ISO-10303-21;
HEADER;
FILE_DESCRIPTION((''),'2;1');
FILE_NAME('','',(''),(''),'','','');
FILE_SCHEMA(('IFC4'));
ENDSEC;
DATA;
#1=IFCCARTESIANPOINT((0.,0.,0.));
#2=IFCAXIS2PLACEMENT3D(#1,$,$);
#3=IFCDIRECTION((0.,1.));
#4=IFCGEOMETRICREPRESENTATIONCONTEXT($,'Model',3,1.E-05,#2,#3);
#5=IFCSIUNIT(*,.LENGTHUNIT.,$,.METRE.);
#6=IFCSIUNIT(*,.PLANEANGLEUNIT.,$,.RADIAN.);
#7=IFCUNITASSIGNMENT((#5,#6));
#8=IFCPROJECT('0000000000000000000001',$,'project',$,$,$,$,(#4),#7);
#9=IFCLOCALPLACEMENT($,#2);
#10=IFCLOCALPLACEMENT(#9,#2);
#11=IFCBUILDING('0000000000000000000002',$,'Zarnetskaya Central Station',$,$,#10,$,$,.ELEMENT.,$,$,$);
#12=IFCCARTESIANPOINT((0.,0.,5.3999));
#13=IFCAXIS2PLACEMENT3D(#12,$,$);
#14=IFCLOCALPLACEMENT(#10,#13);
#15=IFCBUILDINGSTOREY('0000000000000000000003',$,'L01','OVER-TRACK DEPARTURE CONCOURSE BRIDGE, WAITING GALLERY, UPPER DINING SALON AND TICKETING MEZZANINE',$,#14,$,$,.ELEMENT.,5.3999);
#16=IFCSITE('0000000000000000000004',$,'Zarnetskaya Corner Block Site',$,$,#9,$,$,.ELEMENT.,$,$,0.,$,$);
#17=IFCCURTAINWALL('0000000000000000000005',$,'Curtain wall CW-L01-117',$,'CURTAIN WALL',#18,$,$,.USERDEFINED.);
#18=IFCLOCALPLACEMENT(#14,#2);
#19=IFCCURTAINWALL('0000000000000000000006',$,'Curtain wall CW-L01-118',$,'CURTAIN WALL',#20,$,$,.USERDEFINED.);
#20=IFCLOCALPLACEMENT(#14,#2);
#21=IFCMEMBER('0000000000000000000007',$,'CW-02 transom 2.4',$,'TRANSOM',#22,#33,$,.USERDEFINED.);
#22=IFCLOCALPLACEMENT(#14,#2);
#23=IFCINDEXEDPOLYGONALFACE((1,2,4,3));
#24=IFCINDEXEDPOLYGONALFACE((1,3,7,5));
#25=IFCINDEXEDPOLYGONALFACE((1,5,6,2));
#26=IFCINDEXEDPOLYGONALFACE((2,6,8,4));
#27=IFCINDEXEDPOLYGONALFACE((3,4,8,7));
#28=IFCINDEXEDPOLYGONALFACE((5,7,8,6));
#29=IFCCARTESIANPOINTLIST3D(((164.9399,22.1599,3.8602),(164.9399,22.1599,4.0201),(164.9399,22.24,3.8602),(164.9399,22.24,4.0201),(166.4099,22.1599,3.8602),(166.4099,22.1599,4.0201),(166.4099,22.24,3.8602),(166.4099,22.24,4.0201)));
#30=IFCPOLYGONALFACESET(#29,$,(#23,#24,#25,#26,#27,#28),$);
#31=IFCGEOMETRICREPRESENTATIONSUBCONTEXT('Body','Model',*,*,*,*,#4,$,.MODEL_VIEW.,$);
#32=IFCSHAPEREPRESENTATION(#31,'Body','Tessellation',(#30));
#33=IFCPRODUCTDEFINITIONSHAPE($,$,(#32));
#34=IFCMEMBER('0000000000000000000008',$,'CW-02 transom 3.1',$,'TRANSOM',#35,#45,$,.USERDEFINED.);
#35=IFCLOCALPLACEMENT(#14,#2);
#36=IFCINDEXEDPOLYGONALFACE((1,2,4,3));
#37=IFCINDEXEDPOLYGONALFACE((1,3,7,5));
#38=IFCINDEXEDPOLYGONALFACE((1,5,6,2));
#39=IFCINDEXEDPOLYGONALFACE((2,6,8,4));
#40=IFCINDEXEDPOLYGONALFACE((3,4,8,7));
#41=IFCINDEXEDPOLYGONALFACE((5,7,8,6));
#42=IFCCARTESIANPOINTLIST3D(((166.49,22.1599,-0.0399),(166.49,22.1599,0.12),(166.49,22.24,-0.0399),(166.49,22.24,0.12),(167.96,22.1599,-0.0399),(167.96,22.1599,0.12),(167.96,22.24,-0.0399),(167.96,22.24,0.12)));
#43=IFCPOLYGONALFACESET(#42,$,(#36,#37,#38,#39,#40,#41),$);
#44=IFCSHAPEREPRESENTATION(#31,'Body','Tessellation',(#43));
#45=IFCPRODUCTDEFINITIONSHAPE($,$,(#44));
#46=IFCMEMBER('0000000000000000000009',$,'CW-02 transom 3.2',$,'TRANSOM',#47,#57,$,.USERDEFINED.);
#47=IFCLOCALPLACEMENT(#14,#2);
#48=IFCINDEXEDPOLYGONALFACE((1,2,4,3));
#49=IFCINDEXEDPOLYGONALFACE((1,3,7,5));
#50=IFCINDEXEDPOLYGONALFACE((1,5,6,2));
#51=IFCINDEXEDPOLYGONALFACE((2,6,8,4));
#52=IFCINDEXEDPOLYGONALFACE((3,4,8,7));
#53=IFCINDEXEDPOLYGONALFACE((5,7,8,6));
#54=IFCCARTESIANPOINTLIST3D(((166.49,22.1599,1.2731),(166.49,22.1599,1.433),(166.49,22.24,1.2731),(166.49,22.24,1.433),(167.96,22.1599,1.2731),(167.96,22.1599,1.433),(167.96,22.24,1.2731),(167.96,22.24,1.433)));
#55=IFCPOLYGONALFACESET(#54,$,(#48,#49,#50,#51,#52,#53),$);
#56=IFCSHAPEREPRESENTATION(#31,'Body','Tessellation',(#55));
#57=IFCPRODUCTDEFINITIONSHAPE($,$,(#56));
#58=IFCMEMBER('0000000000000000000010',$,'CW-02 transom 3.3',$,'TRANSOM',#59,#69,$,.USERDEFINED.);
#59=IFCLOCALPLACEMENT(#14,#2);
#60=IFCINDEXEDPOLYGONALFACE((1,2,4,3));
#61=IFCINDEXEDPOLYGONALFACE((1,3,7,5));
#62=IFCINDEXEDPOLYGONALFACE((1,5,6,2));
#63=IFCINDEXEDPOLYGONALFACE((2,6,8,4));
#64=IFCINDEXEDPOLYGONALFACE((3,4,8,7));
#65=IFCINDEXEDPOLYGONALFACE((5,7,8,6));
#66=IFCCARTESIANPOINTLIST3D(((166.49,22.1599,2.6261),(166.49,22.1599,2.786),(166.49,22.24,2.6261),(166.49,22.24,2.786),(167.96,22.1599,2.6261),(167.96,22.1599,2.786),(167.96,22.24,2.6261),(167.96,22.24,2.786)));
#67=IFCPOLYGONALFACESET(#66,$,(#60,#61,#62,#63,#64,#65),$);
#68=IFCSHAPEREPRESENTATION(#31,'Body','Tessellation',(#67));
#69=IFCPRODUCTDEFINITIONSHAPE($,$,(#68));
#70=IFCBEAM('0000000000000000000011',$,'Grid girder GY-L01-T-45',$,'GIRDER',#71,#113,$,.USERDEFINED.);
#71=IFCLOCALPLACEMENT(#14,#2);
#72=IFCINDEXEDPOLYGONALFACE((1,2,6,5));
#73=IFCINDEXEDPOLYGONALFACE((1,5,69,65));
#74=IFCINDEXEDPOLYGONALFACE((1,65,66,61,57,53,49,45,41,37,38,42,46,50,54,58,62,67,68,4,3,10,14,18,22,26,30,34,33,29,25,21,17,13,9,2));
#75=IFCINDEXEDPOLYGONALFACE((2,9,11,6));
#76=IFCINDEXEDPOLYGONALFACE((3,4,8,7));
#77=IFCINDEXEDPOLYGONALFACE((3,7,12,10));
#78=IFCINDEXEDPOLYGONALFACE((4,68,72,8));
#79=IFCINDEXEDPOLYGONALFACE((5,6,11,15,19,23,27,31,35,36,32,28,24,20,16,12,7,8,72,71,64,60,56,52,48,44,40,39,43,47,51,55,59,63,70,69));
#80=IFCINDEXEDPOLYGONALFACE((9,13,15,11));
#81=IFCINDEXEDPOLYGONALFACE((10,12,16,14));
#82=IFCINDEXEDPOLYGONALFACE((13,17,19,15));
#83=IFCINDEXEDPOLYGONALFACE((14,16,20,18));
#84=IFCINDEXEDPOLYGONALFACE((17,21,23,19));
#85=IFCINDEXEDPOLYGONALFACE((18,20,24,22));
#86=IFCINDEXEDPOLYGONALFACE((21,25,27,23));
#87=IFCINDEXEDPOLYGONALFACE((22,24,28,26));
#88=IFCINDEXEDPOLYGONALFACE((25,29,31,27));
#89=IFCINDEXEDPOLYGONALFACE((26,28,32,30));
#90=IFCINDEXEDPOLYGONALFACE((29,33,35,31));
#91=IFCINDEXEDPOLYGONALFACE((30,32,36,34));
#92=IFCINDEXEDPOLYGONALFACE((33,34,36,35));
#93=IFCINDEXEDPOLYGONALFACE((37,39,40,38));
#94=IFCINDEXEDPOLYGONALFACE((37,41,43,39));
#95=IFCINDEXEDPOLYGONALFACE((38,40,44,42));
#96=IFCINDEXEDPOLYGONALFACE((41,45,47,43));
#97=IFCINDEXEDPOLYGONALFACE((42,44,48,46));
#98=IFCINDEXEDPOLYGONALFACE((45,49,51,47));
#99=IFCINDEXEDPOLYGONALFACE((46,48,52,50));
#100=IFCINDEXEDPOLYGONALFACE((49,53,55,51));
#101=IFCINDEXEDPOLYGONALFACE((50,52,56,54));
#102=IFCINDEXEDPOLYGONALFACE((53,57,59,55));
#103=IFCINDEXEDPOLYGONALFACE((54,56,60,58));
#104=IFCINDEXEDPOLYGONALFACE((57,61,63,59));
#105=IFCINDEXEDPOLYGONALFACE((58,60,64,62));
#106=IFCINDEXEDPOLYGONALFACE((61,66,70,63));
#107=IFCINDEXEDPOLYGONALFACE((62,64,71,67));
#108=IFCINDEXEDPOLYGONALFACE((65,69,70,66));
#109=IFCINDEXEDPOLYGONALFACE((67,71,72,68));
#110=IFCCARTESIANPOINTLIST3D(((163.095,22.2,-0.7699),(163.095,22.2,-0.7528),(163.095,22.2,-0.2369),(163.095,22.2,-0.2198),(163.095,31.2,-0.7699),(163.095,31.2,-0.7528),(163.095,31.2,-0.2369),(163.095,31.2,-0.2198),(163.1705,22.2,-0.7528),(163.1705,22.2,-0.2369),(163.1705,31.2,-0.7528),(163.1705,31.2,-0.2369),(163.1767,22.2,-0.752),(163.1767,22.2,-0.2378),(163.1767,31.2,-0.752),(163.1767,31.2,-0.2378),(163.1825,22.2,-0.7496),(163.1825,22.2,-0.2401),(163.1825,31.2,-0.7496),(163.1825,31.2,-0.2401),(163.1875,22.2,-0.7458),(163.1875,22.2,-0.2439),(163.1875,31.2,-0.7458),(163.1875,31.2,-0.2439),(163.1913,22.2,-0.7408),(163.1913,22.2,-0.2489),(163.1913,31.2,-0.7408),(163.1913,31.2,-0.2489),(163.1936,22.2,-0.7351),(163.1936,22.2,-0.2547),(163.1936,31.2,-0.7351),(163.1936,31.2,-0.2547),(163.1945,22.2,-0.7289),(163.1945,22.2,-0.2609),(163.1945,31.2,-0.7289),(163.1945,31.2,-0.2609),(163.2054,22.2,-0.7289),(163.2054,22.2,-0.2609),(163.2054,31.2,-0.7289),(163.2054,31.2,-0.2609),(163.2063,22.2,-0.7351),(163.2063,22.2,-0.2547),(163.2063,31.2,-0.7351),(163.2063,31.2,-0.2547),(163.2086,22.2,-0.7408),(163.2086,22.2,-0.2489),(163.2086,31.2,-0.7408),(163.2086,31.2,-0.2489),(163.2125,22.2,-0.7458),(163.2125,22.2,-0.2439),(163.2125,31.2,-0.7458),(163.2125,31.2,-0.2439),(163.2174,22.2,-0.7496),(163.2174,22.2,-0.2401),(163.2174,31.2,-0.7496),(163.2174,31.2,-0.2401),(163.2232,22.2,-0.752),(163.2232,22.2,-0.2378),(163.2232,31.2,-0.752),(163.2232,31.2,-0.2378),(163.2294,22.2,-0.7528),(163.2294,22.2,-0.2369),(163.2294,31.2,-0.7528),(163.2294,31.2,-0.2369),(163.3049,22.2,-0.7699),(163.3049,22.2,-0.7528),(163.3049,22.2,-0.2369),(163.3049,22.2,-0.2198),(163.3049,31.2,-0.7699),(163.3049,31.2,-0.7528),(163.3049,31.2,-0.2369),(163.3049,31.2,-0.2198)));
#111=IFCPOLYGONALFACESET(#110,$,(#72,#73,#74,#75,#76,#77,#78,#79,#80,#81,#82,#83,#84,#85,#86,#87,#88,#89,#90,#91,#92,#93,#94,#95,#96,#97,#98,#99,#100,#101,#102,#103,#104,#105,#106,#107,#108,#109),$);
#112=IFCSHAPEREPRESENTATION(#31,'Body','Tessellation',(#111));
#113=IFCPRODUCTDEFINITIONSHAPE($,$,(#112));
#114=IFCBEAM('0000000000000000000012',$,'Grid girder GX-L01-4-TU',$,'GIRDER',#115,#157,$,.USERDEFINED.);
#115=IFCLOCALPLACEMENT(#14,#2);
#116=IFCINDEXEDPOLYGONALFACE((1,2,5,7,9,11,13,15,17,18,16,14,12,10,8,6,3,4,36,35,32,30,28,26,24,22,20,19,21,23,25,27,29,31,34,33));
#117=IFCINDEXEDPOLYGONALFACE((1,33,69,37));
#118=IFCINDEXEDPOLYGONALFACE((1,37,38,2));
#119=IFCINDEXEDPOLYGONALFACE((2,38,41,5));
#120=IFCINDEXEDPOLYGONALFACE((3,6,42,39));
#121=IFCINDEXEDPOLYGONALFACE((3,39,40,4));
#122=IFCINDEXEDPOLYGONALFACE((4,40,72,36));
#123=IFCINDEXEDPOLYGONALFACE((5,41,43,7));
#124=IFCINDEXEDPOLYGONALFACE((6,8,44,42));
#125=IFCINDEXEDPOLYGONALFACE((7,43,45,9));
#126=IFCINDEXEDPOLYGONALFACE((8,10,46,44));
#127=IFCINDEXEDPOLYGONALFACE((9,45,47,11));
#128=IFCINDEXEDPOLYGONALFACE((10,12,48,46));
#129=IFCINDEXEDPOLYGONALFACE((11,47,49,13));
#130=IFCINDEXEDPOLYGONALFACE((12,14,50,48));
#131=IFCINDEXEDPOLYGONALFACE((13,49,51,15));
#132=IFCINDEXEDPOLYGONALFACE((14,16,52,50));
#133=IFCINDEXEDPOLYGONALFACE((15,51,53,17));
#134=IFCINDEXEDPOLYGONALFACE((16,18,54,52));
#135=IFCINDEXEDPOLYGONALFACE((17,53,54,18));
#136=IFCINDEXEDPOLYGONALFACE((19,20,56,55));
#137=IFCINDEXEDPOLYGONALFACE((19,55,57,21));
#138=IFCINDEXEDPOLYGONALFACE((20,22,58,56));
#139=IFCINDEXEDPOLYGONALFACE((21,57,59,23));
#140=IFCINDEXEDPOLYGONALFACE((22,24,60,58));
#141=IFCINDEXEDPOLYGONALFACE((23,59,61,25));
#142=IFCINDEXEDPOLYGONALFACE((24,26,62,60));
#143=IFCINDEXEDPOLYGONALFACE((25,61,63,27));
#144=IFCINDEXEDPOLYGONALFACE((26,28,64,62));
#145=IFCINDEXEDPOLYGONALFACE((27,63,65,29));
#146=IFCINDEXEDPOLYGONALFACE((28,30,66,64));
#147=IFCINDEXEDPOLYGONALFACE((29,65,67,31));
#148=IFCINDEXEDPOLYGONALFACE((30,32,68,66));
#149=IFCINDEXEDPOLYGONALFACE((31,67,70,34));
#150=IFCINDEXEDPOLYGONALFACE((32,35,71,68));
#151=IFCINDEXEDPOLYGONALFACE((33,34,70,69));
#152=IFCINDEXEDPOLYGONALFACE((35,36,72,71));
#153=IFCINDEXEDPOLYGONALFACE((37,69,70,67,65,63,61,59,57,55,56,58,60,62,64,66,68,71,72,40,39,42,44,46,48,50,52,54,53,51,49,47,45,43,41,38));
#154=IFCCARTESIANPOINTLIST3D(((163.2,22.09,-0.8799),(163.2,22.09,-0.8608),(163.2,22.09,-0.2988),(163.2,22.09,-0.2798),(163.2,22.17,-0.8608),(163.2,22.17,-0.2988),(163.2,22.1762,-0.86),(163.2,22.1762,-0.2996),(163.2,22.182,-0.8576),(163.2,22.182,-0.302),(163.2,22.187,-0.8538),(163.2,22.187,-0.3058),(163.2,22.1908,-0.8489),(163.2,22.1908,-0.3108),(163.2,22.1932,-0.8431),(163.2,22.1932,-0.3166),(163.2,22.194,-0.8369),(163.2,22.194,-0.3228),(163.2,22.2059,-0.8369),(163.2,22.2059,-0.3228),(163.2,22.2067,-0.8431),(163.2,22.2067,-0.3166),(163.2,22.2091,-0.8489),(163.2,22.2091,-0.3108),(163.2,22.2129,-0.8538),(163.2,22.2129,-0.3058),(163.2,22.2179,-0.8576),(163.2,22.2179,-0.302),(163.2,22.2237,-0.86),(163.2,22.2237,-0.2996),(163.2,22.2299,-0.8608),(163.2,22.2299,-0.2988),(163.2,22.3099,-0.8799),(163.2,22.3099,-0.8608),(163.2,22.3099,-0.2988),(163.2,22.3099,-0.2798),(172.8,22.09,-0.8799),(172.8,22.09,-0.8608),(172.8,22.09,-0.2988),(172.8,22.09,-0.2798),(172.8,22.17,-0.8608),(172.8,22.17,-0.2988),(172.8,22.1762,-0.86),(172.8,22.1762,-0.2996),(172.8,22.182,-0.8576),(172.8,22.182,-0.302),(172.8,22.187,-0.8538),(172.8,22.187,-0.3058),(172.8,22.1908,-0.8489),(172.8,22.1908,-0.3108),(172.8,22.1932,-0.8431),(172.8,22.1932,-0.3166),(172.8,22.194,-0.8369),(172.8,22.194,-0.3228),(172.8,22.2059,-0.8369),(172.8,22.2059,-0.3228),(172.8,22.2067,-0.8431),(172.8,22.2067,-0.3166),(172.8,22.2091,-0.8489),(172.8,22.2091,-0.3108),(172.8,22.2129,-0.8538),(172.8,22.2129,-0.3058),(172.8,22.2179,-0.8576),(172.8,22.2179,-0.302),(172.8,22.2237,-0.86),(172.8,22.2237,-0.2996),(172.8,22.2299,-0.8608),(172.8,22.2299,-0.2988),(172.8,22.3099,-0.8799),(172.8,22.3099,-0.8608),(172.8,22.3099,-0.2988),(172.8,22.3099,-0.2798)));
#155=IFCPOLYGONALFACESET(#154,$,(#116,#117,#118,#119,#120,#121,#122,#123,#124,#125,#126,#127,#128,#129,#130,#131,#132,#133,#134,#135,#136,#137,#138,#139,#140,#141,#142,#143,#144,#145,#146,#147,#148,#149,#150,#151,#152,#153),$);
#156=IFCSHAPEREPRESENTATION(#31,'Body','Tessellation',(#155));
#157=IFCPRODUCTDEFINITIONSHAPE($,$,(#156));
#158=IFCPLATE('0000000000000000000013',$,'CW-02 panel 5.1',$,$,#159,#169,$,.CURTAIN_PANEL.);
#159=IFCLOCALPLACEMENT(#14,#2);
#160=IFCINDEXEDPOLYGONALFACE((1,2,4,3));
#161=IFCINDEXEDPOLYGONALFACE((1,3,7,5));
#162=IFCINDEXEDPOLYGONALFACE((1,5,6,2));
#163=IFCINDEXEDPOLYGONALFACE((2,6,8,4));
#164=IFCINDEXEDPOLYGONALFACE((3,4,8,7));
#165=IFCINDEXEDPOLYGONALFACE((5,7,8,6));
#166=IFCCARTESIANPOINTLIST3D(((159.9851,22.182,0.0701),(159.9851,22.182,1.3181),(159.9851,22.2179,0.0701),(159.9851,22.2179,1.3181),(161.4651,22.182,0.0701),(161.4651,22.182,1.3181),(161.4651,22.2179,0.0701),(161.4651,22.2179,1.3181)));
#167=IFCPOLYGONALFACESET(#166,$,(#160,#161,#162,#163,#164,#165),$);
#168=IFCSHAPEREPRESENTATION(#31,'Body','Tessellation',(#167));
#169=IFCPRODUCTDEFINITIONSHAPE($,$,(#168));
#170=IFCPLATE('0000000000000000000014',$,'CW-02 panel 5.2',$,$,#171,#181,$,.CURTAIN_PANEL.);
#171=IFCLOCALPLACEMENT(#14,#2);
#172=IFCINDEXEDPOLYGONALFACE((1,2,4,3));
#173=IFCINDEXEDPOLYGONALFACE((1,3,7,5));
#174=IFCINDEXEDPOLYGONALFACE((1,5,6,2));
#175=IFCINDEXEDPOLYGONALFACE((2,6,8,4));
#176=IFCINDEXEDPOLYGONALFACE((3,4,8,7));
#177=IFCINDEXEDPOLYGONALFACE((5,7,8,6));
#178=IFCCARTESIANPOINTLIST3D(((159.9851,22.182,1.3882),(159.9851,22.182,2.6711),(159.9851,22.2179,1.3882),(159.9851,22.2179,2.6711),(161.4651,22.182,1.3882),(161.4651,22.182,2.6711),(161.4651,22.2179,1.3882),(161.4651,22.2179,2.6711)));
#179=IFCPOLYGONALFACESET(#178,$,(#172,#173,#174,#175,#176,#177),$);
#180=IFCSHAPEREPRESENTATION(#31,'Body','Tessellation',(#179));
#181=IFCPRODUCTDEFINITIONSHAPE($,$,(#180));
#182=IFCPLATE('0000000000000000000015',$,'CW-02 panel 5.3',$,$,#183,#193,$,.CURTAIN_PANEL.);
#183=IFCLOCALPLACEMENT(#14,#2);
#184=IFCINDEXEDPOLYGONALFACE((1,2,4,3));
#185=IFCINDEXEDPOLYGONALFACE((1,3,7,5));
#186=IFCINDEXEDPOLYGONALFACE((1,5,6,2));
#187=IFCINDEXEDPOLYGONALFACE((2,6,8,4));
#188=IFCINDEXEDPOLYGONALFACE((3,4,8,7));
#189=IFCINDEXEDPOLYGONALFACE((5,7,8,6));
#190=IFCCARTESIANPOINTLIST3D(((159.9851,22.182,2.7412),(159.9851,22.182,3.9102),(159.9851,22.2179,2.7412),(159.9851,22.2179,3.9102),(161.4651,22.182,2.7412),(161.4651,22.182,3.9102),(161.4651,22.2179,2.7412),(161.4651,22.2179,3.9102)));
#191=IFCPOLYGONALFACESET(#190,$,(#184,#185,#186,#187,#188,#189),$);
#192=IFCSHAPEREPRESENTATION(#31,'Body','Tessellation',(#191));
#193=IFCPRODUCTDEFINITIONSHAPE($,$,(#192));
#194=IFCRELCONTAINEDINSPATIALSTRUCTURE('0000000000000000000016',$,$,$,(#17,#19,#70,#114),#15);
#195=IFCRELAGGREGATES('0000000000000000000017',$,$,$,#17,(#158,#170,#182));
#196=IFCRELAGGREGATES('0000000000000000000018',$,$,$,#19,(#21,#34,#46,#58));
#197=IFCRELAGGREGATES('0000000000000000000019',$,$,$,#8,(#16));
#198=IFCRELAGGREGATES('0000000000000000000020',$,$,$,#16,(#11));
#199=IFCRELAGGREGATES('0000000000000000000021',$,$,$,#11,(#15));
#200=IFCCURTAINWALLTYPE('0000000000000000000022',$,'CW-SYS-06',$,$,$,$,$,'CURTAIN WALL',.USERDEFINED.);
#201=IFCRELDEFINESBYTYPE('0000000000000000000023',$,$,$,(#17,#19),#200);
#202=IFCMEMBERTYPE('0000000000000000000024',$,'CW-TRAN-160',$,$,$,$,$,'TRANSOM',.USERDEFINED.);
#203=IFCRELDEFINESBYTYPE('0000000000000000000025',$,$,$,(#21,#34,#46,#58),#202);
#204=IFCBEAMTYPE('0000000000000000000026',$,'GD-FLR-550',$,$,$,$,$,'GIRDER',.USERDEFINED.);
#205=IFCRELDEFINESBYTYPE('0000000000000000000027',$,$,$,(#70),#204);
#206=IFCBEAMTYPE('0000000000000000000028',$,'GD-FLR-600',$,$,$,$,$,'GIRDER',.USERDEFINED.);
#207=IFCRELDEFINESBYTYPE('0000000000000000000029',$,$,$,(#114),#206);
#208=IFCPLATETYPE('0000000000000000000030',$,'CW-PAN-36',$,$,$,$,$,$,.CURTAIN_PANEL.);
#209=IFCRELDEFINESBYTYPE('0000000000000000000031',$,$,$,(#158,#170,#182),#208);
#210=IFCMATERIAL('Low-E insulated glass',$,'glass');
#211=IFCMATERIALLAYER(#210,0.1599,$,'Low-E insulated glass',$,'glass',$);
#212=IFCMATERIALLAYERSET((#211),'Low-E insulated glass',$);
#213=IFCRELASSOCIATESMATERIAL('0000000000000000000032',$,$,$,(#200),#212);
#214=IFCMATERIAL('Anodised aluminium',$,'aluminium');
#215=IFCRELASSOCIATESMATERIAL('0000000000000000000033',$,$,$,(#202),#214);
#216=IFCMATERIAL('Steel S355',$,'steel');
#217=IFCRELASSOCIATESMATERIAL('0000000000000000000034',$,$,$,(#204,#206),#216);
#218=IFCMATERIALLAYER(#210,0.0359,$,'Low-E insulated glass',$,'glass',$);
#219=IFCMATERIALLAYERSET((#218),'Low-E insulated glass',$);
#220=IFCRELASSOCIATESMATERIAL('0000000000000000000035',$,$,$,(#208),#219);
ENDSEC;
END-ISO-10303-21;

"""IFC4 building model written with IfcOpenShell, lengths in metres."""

from ifc_helpers import new_model, si_unit, direction, frame, origin, origin_2d, place, context, subcontext, project, spatial, rectangle, i_section, extrude, material, layer, layer_set, material_profile, profile_set, type_object, element, aggregate, save


model = new_model("IFC4")

# Units and contexts
model_context = context("Model", 3, precision=1e-05, world=origin(), true_north=direction((0.0, 1.0)))
body_context = subcontext(model_context, "Body", "Model", "MODEL_VIEW")
ifc_project = project(units=[si_unit("LENGTHUNIT", "METRE"), si_unit("PLANEANGLEUNIT", "RADIAN")], contexts=[model_context])

# Site, building, storey
site_placement = place(None, origin())
site = spatial("IfcSite", under=ifc_project, at=site_placement, Name="Zarnetskaya Corner Block Site", CompositionType="ELEMENT", RefElevation=0.0)
building_placement = place(site_placement, origin())
building = spatial("IfcBuilding", under=site, at=building_placement, Name="Zarnetskaya Central Station", CompositionType="ELEMENT")
storey_placement = place(building_placement, frame((0.0, 0.0, 5.3999)))
storey = spatial("IfcBuildingStorey", under=building, at=storey_placement, Name="L01", Description="OVER-TRACK DEPARTURE CONCOURSE BRIDGE, WAITING GALLERY, UPPER DINING SALON AND TICKETING MEZZANINE", CompositionType="ELEMENT", Elevation=5.3999)

# Shared definitions
ifc_material_1 = material(Name="Steel S355", Category="steel")

# Curtain walls
ifc_material_2 = material(Name="Low-E insulated glass", Category="glass")
ifc_layer_1 = layer(ifc_material_2, 0.1599, Name="Low-E insulated glass", Category="glass")
ifc_layer_set_1 = layer_set([ifc_layer_1], Name="Low-E insulated glass")
curtain_wall_type = type_object("IfcCurtainWallType", Name="CW-SYS-06", ElementType="CURTAIN WALL", PredefinedType="USERDEFINED", material=ifc_layer_set_1)
curtain_wall_1_placement = place(storey_placement, origin())
curtain_wall_1 = element("IfcCurtainWall", 1, at=curtain_wall_1_placement, inside=storey, type_object=curtain_wall_type, Name="Curtain wall CW-L01-117", ObjectType="CURTAIN WALL", PredefinedType="USERDEFINED")
ifc_material_3 = material(Name="Anodised aluminium", Category="aluminium")
curtain_wall_2_placement = place(storey_placement, origin())
curtain_wall_2 = element("IfcCurtainWall", 2, at=curtain_wall_2_placement, inside=storey, type_object=curtain_wall_type, Name="Curtain wall CW-L01-118", ObjectType="CURTAIN WALL", PredefinedType="USERDEFINED")

# Members
ifc_material_profile_1 = material_profile(ifc_material_3, rectangle(XDim=0.0801, YDim=0.1599, at=origin_2d()), Name="ALU TRAN 80x160")
ifc_profile_set_1 = profile_set([ifc_material_profile_1], Name="Anodised aluminium")
member_type_1 = type_object("IfcMemberType", Name="CW-TRAN-160", ElementType="TRANSOM", PredefinedType="USERDEFINED", material=ifc_profile_set_1)
member_1_placement = place(storey_placement, frame((164.9399, 22.2, 3.9402), z_axis=(1.0, 0.0, 0.0), x_axis=(0.0, 1.0, 0.0)))
member_1 = element("IfcMember", 3, at=member_1_placement, type_object=member_type_1, Name="CW-02 transom 2.4", ObjectType="TRANSOM", PredefinedType="USERDEFINED", context=body_context, shape_type="SweptSolid", body=[
    extrude(rectangle(XDim=0.0801, YDim=0.1599, at=origin_2d()), origin(), (0.0, 0.0, 1.0), 1.47),
])
member_2_placement = place(storey_placement, frame((166.49, 22.2, 0.04), z_axis=(1.0, 0.0, 0.0), x_axis=(0.0, 1.0, 0.0)))
member_2 = element("IfcMember", 4, at=member_2_placement, type_object=member_type_1, Name="CW-02 transom 3.1", ObjectType="TRANSOM", PredefinedType="USERDEFINED", context=body_context, shape_type="SweptSolid", body=[
    extrude(rectangle(XDim=0.0801, YDim=0.1599, at=origin_2d()), origin(), (0.0, 0.0, 1.0), 1.47),
])
member_3_placement = place(storey_placement, frame((166.49, 22.2, 1.353), z_axis=(1.0, 0.0, 0.0), x_axis=(0.0, 1.0, 0.0)))
member_3 = element("IfcMember", 5, at=member_3_placement, type_object=member_type_1, Name="CW-02 transom 3.2", ObjectType="TRANSOM", PredefinedType="USERDEFINED", context=body_context, shape_type="SweptSolid", body=[
    extrude(rectangle(XDim=0.0801, YDim=0.1599, at=origin_2d()), origin(), (0.0, 0.0, 1.0), 1.47),
])
member_4_placement = place(storey_placement, frame((166.49, 22.2, 2.7061), z_axis=(1.0, 0.0, 0.0), x_axis=(0.0, 1.0, 0.0)))
member_4 = element("IfcMember", 6, at=member_4_placement, type_object=member_type_1, Name="CW-02 transom 3.3", ObjectType="TRANSOM", PredefinedType="USERDEFINED", context=body_context, shape_type="SweptSolid", body=[
    extrude(rectangle(XDim=0.0801, YDim=0.1599, at=origin_2d()), origin(), (0.0, 0.0, 1.0), 1.47),
])

# Beams
ifc_material_profile_2 = material_profile(ifc_material_1, i_section(OverallWidth=0.21, OverallDepth=0.55, WebThickness=0.011, FlangeThickness=0.0171, FilletRadius=0.0239, at=origin_2d()), Name="IPE 550")
ifc_profile_set_2 = profile_set([ifc_material_profile_2], Name="Steel S355")
beam_type_1 = type_object("IfcBeamType", Name="GD-FLR-550", ElementType="GIRDER", PredefinedType="USERDEFINED", material=ifc_profile_set_2)
beam_1_placement = place(storey_placement, frame((163.2, 22.2, -0.4949), z_axis=(0.0, 1.0, 0.0), x_axis=(-1.0, 0.0, 0.0)))
element("IfcBeam", 7, at=beam_1_placement, inside=storey, type_object=beam_type_1, Name="Grid girder GY-L01-T-45", ObjectType="GIRDER", PredefinedType="USERDEFINED", context=body_context, shape_type="SweptSolid", body=[
    extrude(i_section(OverallWidth=0.21, OverallDepth=0.55, WebThickness=0.011, FlangeThickness=0.0171, FilletRadius=0.0239, at=origin_2d()), origin(), (0.0, 0.0, 1.0), 9.0),
])
ifc_material_profile_3 = material_profile(ifc_material_1, i_section(OverallWidth=0.22, OverallDepth=0.6001, WebThickness=0.012, FlangeThickness=0.019, FilletRadius=0.0239, at=origin_2d()), Name="IPE 600")
ifc_profile_set_3 = profile_set([ifc_material_profile_3], Name="Steel S355")
beam_type_2 = type_object("IfcBeamType", Name="GD-FLR-600", ElementType="GIRDER", PredefinedType="USERDEFINED", material=ifc_profile_set_3)
beam_2_placement = place(storey_placement, frame((163.2, 22.2, -0.5798), z_axis=(1.0, 0.0, 0.0), x_axis=(0.0, 1.0, 0.0)))
element("IfcBeam", 8, at=beam_2_placement, inside=storey, type_object=beam_type_2, Name="Grid girder GX-L01-4-TU", ObjectType="GIRDER", PredefinedType="USERDEFINED", context=body_context, shape_type="SweptSolid", body=[
    extrude(i_section(OverallWidth=0.22, OverallDepth=0.6001, WebThickness=0.012, FlangeThickness=0.019, FilletRadius=0.0239, at=origin_2d()), origin(), (0.0, 0.0, 1.0), 9.6001),
])

# Plates
ifc_layer_2 = layer(ifc_material_2, 0.0359, Name="Low-E insulated glass", Category="glass")
ifc_layer_set_2 = layer_set([ifc_layer_2], Name="Low-E insulated glass")
plate_type_1 = type_object("IfcPlateType", Name="CW-PAN-36", PredefinedType="CURTAIN_PANEL", material=ifc_layer_set_2)
plate_1_placement = place(storey_placement, frame((160.7251, 22.2, 0.0701), z_axis=(0.0, 0.0, 1.0), x_axis=(1.0, 0.0, 0.0)))
plate_1 = element("IfcPlate", 9, at=plate_1_placement, type_object=plate_type_1, Name="CW-02 panel 5.1", PredefinedType="CURTAIN_PANEL", context=body_context, shape_type="SweptSolid", body=[
    extrude(rectangle(XDim=1.48, YDim=0.0359, at=origin_2d()), origin(), (0.0, 0.0, 1.0), 1.248),
])
plate_2_placement = place(storey_placement, frame((160.7251, 22.2, 1.3882), z_axis=(0.0, 0.0, 1.0), x_axis=(1.0, 0.0, 0.0)))
plate_2 = element("IfcPlate", 10, at=plate_2_placement, type_object=plate_type_1, Name="CW-02 panel 5.2", PredefinedType="CURTAIN_PANEL", context=body_context, shape_type="SweptSolid", body=[
    extrude(rectangle(XDim=1.48, YDim=0.0359, at=origin_2d()), origin(), (0.0, 0.0, 1.0), 1.283),
])
plate_3_placement = place(storey_placement, frame((160.7251, 22.2, 2.7412), z_axis=(0.0, 0.0, 1.0), x_axis=(1.0, 0.0, 0.0)))
plate_3 = element("IfcPlate", 11, at=plate_3_placement, type_object=plate_type_1, Name="CW-02 panel 5.3", PredefinedType="CURTAIN_PANEL", context=body_context, shape_type="SweptSolid", body=[
    extrude(rectangle(XDim=1.48, YDim=0.0359, at=origin_2d()), origin(), (0.0, 0.0, 1.0), 1.1689),
])
aggregate(curtain_wall_1, [plate_1, plate_2, plate_3])
aggregate(curtain_wall_2, [member_1, member_2, member_3, member_4])

save(model, "model.ifc")
